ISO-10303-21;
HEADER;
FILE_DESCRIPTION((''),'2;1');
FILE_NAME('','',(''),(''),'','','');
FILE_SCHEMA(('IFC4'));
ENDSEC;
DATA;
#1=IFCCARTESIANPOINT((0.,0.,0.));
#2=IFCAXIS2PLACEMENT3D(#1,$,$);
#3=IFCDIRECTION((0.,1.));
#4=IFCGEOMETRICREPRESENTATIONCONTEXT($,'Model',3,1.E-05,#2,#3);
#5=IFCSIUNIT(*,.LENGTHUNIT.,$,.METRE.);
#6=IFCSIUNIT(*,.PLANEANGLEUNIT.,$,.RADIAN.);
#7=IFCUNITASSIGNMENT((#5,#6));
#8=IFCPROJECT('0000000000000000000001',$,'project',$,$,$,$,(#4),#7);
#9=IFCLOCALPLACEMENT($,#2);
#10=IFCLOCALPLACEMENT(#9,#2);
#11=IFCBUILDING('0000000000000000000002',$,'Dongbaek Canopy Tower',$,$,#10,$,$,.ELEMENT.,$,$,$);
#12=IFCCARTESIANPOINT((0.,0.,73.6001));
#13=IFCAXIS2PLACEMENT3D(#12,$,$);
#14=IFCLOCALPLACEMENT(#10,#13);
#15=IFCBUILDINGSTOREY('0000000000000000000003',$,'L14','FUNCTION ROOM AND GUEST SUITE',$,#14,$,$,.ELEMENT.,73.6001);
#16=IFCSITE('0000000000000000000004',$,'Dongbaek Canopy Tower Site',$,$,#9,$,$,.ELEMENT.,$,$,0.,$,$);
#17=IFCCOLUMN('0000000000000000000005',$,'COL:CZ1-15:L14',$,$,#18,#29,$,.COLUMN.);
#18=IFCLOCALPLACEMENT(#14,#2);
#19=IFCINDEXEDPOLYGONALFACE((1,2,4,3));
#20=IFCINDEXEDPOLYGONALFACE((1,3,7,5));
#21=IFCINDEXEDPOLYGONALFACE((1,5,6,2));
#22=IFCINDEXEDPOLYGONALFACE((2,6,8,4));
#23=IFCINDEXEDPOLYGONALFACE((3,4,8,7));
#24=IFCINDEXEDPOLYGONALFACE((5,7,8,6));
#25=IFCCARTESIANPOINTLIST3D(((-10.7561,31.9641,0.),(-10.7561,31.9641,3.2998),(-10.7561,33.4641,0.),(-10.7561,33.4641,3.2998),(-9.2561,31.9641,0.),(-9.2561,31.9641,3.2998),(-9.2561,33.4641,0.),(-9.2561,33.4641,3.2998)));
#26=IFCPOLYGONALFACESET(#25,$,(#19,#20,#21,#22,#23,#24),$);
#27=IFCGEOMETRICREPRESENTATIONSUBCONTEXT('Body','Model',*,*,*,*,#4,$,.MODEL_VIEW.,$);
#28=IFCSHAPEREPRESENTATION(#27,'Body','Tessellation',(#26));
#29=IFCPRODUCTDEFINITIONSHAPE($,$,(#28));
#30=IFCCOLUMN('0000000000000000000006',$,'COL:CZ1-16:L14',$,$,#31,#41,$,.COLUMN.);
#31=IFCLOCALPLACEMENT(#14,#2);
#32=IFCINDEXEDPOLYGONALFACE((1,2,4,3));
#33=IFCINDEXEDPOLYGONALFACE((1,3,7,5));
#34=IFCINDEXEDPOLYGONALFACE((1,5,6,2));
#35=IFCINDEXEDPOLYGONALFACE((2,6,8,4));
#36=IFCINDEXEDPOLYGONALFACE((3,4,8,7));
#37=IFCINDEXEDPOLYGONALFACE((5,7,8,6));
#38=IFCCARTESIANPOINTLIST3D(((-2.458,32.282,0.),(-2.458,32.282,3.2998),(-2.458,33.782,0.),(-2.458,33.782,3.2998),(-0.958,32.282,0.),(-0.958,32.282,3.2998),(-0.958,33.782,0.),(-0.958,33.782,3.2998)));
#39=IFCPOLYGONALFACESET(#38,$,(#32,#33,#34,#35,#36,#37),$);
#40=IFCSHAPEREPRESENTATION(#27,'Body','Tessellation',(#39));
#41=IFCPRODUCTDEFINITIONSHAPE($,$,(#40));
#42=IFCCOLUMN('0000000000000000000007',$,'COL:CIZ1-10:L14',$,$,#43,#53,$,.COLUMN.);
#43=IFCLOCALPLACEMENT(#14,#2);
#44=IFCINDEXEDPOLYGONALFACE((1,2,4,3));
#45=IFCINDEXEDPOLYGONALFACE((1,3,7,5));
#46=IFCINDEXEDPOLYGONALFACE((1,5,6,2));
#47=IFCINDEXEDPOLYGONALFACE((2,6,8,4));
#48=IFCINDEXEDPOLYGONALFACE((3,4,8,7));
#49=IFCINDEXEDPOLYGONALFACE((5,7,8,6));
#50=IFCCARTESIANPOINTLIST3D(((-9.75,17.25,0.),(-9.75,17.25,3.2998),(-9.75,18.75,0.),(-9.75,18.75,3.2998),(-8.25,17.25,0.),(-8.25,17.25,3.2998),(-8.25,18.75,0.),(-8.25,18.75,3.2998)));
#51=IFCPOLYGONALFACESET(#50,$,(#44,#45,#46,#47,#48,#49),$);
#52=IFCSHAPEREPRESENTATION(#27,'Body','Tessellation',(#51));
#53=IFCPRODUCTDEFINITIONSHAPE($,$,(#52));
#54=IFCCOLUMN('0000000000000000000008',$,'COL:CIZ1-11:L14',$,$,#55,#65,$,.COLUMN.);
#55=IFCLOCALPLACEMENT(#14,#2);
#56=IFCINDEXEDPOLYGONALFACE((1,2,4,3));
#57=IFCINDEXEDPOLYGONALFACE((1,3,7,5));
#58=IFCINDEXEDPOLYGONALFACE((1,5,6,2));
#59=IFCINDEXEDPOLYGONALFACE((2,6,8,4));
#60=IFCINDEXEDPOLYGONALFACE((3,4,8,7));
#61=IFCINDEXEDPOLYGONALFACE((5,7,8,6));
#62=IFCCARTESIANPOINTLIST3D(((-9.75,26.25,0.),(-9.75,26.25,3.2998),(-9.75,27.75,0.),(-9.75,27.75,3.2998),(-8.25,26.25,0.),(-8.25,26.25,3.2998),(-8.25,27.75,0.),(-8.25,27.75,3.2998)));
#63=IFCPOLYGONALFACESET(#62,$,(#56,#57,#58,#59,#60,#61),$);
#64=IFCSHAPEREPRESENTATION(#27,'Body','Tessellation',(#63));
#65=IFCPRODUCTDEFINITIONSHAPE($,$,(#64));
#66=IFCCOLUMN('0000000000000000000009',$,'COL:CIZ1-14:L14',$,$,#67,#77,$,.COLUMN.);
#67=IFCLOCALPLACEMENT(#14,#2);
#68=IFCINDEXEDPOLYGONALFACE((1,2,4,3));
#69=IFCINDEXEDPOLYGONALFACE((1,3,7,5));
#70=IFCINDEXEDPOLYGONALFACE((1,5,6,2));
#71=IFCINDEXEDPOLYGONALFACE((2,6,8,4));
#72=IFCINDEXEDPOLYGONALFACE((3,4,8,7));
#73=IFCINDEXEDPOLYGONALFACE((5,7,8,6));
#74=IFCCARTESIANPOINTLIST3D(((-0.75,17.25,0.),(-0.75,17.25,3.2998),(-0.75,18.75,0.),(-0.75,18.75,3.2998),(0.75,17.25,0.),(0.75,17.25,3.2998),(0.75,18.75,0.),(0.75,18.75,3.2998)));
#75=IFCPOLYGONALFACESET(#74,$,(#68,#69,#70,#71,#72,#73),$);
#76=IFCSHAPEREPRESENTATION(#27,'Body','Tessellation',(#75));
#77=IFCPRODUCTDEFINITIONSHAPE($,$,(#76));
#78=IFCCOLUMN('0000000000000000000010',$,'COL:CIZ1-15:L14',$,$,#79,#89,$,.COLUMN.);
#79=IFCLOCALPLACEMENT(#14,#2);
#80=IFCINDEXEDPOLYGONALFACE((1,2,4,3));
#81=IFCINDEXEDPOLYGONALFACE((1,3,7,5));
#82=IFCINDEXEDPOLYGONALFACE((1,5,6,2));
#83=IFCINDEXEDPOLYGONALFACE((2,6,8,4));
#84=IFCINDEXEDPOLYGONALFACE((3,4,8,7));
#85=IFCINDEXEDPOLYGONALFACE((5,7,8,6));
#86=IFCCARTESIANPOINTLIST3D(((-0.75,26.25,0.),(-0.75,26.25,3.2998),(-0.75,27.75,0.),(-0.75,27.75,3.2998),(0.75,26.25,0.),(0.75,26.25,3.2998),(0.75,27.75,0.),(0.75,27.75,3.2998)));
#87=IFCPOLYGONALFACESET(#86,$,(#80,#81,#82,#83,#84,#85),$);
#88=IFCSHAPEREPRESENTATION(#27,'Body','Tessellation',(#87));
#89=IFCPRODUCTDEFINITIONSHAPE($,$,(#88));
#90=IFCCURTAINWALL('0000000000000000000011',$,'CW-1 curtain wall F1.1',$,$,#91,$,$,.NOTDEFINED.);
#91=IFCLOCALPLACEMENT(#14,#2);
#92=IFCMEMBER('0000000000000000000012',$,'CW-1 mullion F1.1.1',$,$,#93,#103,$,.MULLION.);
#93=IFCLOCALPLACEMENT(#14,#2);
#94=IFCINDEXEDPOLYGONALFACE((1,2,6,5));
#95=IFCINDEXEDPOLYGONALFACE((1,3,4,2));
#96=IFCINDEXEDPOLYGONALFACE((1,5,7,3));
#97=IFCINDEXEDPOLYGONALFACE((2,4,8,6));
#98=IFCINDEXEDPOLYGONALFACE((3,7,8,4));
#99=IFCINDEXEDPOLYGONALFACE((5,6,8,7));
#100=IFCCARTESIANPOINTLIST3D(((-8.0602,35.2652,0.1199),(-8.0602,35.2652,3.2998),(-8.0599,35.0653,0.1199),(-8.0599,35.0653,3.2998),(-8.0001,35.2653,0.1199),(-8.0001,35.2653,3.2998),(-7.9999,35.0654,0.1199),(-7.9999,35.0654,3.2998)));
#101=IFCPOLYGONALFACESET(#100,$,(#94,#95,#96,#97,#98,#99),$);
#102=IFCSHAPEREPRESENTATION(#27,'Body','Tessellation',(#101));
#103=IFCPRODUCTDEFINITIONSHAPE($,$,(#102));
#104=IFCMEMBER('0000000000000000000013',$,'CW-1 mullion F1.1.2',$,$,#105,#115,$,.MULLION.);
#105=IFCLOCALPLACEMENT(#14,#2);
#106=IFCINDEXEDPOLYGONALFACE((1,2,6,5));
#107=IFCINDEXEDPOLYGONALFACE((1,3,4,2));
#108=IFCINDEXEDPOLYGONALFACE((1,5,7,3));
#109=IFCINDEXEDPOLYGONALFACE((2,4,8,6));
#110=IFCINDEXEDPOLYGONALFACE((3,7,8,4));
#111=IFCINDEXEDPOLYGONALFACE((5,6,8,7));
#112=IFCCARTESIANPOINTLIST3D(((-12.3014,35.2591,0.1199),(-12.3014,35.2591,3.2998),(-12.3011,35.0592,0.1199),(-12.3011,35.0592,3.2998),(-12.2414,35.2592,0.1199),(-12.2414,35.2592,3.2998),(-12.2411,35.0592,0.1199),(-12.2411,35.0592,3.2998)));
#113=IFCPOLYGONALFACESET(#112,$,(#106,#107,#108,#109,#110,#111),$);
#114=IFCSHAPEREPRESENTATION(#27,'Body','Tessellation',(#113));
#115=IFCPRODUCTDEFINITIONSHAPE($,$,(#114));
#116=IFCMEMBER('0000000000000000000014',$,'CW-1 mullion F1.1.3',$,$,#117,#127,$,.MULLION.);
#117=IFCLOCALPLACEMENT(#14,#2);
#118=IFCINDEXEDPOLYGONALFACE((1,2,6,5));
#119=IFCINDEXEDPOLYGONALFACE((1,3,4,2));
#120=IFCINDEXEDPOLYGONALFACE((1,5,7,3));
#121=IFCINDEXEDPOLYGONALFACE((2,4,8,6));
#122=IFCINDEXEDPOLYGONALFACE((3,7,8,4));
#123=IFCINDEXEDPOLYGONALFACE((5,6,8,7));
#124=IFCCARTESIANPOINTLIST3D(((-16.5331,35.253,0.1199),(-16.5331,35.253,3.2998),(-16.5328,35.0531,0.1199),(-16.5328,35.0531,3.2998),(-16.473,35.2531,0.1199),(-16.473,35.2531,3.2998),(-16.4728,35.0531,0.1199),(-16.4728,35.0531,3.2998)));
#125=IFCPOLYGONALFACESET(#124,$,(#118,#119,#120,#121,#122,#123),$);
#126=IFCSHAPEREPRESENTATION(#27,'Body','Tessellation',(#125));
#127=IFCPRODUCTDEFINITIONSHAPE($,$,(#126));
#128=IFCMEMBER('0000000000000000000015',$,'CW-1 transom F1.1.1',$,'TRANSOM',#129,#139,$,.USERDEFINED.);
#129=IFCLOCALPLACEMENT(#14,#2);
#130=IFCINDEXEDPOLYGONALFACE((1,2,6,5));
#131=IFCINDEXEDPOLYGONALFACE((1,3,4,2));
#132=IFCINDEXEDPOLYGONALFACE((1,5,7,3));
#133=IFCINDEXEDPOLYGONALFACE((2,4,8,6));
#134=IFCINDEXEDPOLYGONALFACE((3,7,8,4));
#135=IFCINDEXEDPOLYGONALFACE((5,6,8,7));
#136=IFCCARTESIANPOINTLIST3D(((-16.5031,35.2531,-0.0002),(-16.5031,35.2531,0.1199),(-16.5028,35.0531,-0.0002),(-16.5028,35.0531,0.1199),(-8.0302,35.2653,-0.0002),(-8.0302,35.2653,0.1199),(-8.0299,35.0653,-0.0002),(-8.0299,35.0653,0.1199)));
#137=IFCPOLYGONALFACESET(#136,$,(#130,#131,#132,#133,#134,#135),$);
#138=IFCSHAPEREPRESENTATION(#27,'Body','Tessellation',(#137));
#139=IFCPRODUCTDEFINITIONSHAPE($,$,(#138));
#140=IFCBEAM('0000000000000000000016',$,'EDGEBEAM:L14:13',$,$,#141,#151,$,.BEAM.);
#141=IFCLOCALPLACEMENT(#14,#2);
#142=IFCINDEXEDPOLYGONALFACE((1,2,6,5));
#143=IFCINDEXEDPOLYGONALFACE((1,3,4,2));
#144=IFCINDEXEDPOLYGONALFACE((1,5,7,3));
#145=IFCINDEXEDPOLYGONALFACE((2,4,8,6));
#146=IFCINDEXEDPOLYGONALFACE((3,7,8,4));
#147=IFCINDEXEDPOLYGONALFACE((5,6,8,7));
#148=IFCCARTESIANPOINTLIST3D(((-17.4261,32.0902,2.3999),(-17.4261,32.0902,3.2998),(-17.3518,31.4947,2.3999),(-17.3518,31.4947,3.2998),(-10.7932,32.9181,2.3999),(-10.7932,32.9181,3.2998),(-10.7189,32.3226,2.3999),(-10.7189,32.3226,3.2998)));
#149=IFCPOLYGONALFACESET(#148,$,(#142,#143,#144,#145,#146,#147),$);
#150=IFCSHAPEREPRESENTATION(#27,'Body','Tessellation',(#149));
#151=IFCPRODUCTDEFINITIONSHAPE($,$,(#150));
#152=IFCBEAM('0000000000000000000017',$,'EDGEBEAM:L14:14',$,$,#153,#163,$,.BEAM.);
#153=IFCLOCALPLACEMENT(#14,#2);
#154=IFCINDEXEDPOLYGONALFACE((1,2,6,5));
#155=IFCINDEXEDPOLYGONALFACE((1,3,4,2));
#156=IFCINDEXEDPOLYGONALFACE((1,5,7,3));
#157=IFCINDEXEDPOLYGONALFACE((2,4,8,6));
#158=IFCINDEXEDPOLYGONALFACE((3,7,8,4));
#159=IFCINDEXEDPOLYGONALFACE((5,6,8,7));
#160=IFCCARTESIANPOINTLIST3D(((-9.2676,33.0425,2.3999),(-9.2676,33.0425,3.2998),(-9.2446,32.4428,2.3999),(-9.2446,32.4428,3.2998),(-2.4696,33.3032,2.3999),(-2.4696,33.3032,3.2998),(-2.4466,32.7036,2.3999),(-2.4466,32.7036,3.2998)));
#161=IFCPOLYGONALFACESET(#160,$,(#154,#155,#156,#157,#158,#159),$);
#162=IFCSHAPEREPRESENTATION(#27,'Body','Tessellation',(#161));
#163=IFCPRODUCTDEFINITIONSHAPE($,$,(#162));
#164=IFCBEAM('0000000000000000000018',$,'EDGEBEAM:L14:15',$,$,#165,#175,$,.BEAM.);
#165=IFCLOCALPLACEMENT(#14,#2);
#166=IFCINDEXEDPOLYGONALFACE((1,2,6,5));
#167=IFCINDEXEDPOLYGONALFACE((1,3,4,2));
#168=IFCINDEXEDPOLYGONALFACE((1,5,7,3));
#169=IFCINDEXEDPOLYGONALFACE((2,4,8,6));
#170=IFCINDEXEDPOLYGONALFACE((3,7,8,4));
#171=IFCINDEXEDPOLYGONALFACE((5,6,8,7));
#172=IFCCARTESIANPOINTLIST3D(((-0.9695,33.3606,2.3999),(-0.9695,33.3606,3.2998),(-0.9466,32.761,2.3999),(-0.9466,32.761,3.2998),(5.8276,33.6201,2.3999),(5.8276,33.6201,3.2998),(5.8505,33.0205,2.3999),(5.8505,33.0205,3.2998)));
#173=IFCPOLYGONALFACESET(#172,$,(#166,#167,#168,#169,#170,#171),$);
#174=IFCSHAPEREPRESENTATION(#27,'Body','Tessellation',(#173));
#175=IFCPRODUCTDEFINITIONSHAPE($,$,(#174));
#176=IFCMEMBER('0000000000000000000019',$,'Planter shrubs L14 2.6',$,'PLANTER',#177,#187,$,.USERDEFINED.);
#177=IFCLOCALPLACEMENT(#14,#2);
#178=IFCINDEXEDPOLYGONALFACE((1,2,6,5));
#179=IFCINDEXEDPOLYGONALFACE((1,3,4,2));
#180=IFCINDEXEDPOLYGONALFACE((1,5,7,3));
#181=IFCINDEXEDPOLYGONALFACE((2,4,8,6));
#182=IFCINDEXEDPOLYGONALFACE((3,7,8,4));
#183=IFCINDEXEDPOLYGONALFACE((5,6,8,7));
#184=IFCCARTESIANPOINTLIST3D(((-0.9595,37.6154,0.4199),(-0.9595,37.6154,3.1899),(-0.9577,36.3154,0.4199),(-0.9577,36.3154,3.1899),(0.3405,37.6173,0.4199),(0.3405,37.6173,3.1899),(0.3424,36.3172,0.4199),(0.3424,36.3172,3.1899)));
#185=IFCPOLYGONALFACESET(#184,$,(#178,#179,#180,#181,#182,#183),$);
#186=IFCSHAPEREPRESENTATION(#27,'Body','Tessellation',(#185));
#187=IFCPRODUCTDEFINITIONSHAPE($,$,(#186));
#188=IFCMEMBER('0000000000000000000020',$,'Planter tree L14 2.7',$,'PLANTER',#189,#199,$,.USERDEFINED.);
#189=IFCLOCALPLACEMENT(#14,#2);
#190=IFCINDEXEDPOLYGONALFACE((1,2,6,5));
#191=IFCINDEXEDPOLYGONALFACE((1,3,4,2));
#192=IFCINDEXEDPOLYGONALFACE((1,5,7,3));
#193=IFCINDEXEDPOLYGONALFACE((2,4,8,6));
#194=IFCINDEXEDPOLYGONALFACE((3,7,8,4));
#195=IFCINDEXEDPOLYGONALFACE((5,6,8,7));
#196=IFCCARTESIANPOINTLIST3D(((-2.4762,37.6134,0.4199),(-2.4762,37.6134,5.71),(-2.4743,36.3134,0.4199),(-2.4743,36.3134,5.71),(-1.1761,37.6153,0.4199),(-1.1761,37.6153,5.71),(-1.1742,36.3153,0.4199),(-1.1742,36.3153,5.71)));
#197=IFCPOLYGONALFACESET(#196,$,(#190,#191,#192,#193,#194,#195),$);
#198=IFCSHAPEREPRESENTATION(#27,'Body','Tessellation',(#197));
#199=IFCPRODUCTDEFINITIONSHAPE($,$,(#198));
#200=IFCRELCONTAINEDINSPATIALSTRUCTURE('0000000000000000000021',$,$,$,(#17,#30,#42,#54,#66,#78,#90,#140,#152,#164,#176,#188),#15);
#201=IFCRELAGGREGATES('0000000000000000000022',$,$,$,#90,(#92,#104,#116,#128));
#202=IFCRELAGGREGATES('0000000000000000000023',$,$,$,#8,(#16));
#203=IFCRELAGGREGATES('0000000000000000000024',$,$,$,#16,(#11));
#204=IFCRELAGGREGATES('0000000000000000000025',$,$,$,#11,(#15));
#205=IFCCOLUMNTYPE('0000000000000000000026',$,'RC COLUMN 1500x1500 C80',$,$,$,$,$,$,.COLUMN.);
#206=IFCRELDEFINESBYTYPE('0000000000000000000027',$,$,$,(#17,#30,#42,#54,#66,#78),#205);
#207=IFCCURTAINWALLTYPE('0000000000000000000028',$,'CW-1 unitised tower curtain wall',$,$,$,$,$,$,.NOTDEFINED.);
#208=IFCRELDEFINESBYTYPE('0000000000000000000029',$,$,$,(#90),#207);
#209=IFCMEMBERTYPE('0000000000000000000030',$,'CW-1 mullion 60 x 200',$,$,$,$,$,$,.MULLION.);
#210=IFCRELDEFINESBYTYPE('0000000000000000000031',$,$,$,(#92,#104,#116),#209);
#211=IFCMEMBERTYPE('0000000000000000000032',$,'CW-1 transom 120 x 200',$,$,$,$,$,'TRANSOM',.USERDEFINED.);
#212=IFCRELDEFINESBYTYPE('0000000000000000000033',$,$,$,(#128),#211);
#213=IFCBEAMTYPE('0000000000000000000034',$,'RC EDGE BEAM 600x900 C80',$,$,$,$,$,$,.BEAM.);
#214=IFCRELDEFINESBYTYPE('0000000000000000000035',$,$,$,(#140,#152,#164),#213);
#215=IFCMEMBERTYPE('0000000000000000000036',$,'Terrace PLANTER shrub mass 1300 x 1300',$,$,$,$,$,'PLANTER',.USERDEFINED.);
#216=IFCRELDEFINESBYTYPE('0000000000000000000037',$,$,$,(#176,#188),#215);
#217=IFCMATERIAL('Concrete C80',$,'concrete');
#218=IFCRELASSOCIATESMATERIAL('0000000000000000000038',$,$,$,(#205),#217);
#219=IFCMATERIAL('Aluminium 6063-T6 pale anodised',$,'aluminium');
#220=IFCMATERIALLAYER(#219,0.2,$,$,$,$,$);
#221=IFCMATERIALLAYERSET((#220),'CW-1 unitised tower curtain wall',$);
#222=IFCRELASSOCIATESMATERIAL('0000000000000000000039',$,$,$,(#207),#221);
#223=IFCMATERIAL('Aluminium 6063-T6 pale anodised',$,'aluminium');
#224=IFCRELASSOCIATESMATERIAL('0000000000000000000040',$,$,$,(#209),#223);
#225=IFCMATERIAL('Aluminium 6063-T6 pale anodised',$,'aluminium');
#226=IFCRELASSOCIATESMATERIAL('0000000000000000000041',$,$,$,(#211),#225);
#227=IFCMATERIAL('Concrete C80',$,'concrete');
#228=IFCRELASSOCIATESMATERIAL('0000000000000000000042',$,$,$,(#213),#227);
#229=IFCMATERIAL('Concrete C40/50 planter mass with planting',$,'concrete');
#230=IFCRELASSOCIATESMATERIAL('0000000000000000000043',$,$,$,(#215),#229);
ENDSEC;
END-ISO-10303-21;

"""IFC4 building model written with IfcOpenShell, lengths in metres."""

from ifc_helpers import new_model, si_unit, direction, frame, origin, origin_2d, place, context, subcontext, project, spatial, rectangle, extrude, material, layer, layer_set, material_profile, profile_set, type_object, element, aggregate, save


model = new_model("IFC4")

# Units and contexts
model_context = context("Model", 3, precision=1e-05, world=origin(), true_north=direction((0.0, 1.0)))
body_context = subcontext(model_context, "Body", "Model", "MODEL_VIEW")
ifc_project = project(units=[si_unit("LENGTHUNIT", "METRE"), si_unit("PLANEANGLEUNIT", "RADIAN")], contexts=[model_context])

# Site, building, storey
site_placement = place(None, origin())
site = spatial("IfcSite", under=ifc_project, at=site_placement, Name="Dongbaek Canopy Tower Site", CompositionType="ELEMENT", RefElevation=0.0)
building_placement = place(site_placement, origin())
building = spatial("IfcBuilding", under=site, at=building_placement, Name="Dongbaek Canopy Tower", CompositionType="ELEMENT")
storey_placement = place(building_placement, frame((0.0, 0.0, 73.6001)))
storey = spatial("IfcBuildingStorey", under=building, at=storey_placement, Name="L14", Description="FUNCTION ROOM AND GUEST SUITE", CompositionType="ELEMENT", Elevation=73.6001)

# Columns
ifc_material_1 = material(Name="Concrete C80", Category="concrete")
ifc_material_profile_1 = material_profile(ifc_material_1, rectangle(XDim=1.5, YDim=1.5, at=origin_2d()), Name="RC COLUMN 1500x1500 C80")
ifc_profile_set_1 = profile_set([ifc_material_profile_1], Name="Concrete C80")
column_type = type_object("IfcColumnType", Name="RC COLUMN 1500x1500 C80", PredefinedType="COLUMN", material=ifc_profile_set_1)
for number, where, z_axis, x_axis, name in (
    (1, (-10.0061, 32.7141, 0.0), (0.0, 0.0, 1.0), (1.0, 0.0, 0.0), "COL:CZ1-15:L14"),
    (2, (-1.708, 33.032, 0.0), (0.0, 0.0, 1.0), (1.0, 0.0, 0.0), "COL:CZ1-16:L14"),
    (3, (-9.0, 18.0, 0.0), (0.0, 0.0, 1.0), (1.0, 0.0, 0.0), "COL:CIZ1-10:L14"),
    (4, (-9.0, 27.0, 0.0), (0.0, 0.0, 1.0), (1.0, 0.0, 0.0), "COL:CIZ1-11:L14"),
    (5, (0.0, 18.0, 0.0), (0.0, 0.0, 1.0), (1.0, 0.0, 0.0), "COL:CIZ1-14:L14"),
    (6, (0.0, 27.0, 0.0), (0.0, 0.0, 1.0), (1.0, 0.0, 0.0), "COL:CIZ1-15:L14"),
):
    element("IfcColumn", number, at=place(storey_placement, frame(where, z_axis=z_axis, x_axis=x_axis)), inside=storey, type_object=column_type, Name=name, PredefinedType="COLUMN", context=body_context, shape_type="SweptSolid", body=[
        extrude(rectangle(XDim=1.5, YDim=1.5, at=origin_2d()), origin(), (0.0, 0.0, 1.0), 3.2998),
    ])

# Curtain wall, members
ifc_material_2 = material(Name="Aluminium 6063-T6 pale anodised", Category="aluminium")
ifc_layer_1 = layer(ifc_material_2, 0.2)
ifc_layer_set_1 = layer_set([ifc_layer_1], Name="CW-1 unitised tower curtain wall")
curtain_wall_type = type_object("IfcCurtainWallType", Name="CW-1 unitised tower curtain wall", PredefinedType="NOTDEFINED", material=ifc_layer_set_1)
curtain_wall_1_placement = place(storey_placement, origin())
curtain_wall_1 = element("IfcCurtainWall", 7, at=curtain_wall_1_placement, inside=storey, type_object=curtain_wall_type, Name="CW-1 curtain wall F1.1", PredefinedType="NOTDEFINED")
ifc_material_3 = material(Name="Aluminium 6063-T6 pale anodised", Category="aluminium")
ifc_material_profile_2 = material_profile(ifc_material_3, rectangle(XDim=0.2, YDim=0.0601, at=origin_2d()), Name="CW-1 mullion 60 x 200")
ifc_profile_set_2 = profile_set([ifc_material_profile_2], Name="Aluminium 6063-T6 pale anodised")
member_type_1 = type_object("IfcMemberType", Name="CW-1 mullion 60 x 200", PredefinedType="MULLION", material=ifc_profile_set_2)
member_1_placement = place(storey_placement, frame((-8.03, 35.1653, 0.1199), z_axis=(0.0, 0.0, 1.0), x_axis=(-0.001434, 0.999999, 0.0)))
member_1 = element("IfcMember", 8, at=member_1_placement, type_object=member_type_1, Name="CW-1 mullion F1.1.1", PredefinedType="MULLION", context=body_context, shape_type="SweptSolid", body=[
    extrude(rectangle(XDim=0.2, YDim=0.0601, at=origin_2d()), origin(), (0.0, 0.0, 1.0), 3.1799),
])
member_2_placement = place(storey_placement, frame((-12.2712, 35.1592, 0.1199), z_axis=(0.0, 0.0, 1.0), x_axis=(-0.001434, 0.999999, 0.0)))
member_2 = element("IfcMember", 9, at=member_2_placement, type_object=member_type_1, Name="CW-1 mullion F1.1.2", PredefinedType="MULLION", context=body_context, shape_type="SweptSolid", body=[
    extrude(rectangle(XDim=0.2, YDim=0.0601, at=origin_2d()), origin(), (0.0, 0.0, 1.0), 3.1799),
])
member_3_placement = place(storey_placement, frame((-16.5029, 35.1531, 0.1199), z_axis=(0.0, 0.0, 1.0), x_axis=(-0.001434, 0.999999, 0.0)))
member_3 = element("IfcMember", 10, at=member_3_placement, type_object=member_type_1, Name="CW-1 mullion F1.1.3", PredefinedType="MULLION", context=body_context, shape_type="SweptSolid", body=[
    extrude(rectangle(XDim=0.2, YDim=0.0601, at=origin_2d()), origin(), (0.0, 0.0, 1.0), 3.1799),
])
ifc_material_4 = material(Name="Aluminium 6063-T6 pale anodised", Category="aluminium")
ifc_material_profile_3 = material_profile(ifc_material_4, rectangle(XDim=0.2, YDim=0.1201, at=origin_2d()), Name="CW-1 transom 120 x 200")
ifc_profile_set_3 = profile_set([ifc_material_profile_3], Name="Aluminium 6063-T6 pale anodised")
member_type_2 = type_object("IfcMemberType", Name="CW-1 transom 120 x 200", ElementType="TRANSOM", PredefinedType="USERDEFINED", material=ifc_profile_set_3)
member_4_placement = place(storey_placement, frame((-8.03, 35.1653, 0.0598), z_axis=(-0.999999, -0.001441, 0.0), x_axis=(0.001441, -0.999999, 0.0)))
member_4 = element("IfcMember", 11, at=member_4_placement, type_object=member_type_2, Name="CW-1 transom F1.1.1", ObjectType="TRANSOM", PredefinedType="USERDEFINED", context=body_context, shape_type="SweptSolid", body=[
    extrude(rectangle(XDim=0.2, YDim=0.1201, at=origin_2d()), origin(), (0.0, 0.0, 1.0), 8.4729),
])

# Beams
ifc_material_5 = material(Name="Concrete C80", Category="concrete")
ifc_material_profile_4 = material_profile(ifc_material_5, rectangle(XDim=0.6001, YDim=0.8999, at=origin_2d()), Name="RC EDGE BEAM 600x900 C80")
ifc_profile_set_4 = profile_set([ifc_material_profile_4], Name="Concrete C80")
beam_type = type_object("IfcBeamType", Name="RC EDGE BEAM 600x900 C80", PredefinedType="BEAM", material=ifc_profile_set_4)
beam_1_placement = place(storey_placement, frame((-17.3889, 31.7925, 2.8499), z_axis=(0.9923, 0.123855, 0.0), x_axis=(-0.123855, 0.9923, 0.0)))
element("IfcBeam", 12, at=beam_1_placement, inside=storey, type_object=beam_type, Name="EDGEBEAM:L14:13", PredefinedType="BEAM", context=body_context, shape_type="SweptSolid", body=[
    extrude(rectangle(XDim=0.6001, YDim=0.8999, at=origin_2d()), origin(), (0.0, 0.0, 1.0), 6.6843),
])
beam_2_placement = place(storey_placement, frame((-9.2561, 32.7427, 2.8499), z_axis=(0.999265, 0.038327, 0.0), x_axis=(-0.038327, 0.999265, 0.0)))
element("IfcBeam", 13, at=beam_2_placement, inside=storey, type_object=beam_type, Name="EDGEBEAM:L14:14", PredefinedType="BEAM", context=body_context, shape_type="SweptSolid", body=[
    extrude(rectangle(XDim=0.6001, YDim=0.8999, at=origin_2d()), origin(), (0.0, 0.0, 1.0), 6.803),
])
beam_3_placement = place(storey_placement, frame((-0.958, 33.0608, 2.8499), z_axis=(0.999272, 0.038153, 0.0), x_axis=(-0.038153, 0.999272, 0.0)))
element("IfcBeam", 14, at=beam_3_placement, inside=storey, type_object=beam_type, Name="EDGEBEAM:L14:15", PredefinedType="BEAM", context=body_context, shape_type="SweptSolid", body=[
    extrude(rectangle(XDim=0.6001, YDim=0.8999, at=origin_2d()), origin(), (0.0, 0.0, 1.0), 6.802),
])

# Members
ifc_material_6 = material(Name="Concrete C40/50 planter mass with planting", Category="concrete")
ifc_material_profile_5 = material_profile(ifc_material_6, rectangle(XDim=1.3, YDim=1.3, at=origin_2d()), Name="Terrace PLANTER shrub mass 1300 x 1300")
ifc_profile_set_5 = profile_set([ifc_material_profile_5], Name="Concrete C40/50 planter mass with planting")
member_type_3 = type_object("IfcMemberType", Name="Terrace PLANTER shrub mass 1300 x 1300", ElementType="PLANTER", PredefinedType="USERDEFINED", material=ifc_profile_set_5)
member_5_placement = place(storey_placement, frame((-0.3086, 36.9663, 0.4199), z_axis=(0.0, 0.0, 1.0), x_axis=(-0.001434, 0.999999, 0.0)))
element("IfcMember", 15, at=member_5_placement, inside=storey, type_object=member_type_3, Name="Planter shrubs L14 2.6", ObjectType="PLANTER", PredefinedType="USERDEFINED", context=body_context, shape_type="SweptSolid", body=[
    extrude(rectangle(XDim=1.3, YDim=1.3, at=origin_2d()), origin(), (0.0, 0.0, 1.0), 2.77),
])
member_6_placement = place(storey_placement, frame((-1.8252, 36.9644, 0.4199), z_axis=(0.0, 0.0, 1.0), x_axis=(-0.001434, 0.999999, 0.0)))
element("IfcMember", 16, at=member_6_placement, inside=storey, type_object=member_type_3, Name="Planter tree L14 2.7", ObjectType="PLANTER", PredefinedType="USERDEFINED", context=body_context, shape_type="SweptSolid", body=[
    extrude(rectangle(XDim=1.3, YDim=1.3, at=origin_2d()), origin(), (0.0, 0.0, 1.0), 5.29),
])

aggregate(curtain_wall_1, [member_1, member_2, member_3, member_4])

save(model, "model.ifc")
